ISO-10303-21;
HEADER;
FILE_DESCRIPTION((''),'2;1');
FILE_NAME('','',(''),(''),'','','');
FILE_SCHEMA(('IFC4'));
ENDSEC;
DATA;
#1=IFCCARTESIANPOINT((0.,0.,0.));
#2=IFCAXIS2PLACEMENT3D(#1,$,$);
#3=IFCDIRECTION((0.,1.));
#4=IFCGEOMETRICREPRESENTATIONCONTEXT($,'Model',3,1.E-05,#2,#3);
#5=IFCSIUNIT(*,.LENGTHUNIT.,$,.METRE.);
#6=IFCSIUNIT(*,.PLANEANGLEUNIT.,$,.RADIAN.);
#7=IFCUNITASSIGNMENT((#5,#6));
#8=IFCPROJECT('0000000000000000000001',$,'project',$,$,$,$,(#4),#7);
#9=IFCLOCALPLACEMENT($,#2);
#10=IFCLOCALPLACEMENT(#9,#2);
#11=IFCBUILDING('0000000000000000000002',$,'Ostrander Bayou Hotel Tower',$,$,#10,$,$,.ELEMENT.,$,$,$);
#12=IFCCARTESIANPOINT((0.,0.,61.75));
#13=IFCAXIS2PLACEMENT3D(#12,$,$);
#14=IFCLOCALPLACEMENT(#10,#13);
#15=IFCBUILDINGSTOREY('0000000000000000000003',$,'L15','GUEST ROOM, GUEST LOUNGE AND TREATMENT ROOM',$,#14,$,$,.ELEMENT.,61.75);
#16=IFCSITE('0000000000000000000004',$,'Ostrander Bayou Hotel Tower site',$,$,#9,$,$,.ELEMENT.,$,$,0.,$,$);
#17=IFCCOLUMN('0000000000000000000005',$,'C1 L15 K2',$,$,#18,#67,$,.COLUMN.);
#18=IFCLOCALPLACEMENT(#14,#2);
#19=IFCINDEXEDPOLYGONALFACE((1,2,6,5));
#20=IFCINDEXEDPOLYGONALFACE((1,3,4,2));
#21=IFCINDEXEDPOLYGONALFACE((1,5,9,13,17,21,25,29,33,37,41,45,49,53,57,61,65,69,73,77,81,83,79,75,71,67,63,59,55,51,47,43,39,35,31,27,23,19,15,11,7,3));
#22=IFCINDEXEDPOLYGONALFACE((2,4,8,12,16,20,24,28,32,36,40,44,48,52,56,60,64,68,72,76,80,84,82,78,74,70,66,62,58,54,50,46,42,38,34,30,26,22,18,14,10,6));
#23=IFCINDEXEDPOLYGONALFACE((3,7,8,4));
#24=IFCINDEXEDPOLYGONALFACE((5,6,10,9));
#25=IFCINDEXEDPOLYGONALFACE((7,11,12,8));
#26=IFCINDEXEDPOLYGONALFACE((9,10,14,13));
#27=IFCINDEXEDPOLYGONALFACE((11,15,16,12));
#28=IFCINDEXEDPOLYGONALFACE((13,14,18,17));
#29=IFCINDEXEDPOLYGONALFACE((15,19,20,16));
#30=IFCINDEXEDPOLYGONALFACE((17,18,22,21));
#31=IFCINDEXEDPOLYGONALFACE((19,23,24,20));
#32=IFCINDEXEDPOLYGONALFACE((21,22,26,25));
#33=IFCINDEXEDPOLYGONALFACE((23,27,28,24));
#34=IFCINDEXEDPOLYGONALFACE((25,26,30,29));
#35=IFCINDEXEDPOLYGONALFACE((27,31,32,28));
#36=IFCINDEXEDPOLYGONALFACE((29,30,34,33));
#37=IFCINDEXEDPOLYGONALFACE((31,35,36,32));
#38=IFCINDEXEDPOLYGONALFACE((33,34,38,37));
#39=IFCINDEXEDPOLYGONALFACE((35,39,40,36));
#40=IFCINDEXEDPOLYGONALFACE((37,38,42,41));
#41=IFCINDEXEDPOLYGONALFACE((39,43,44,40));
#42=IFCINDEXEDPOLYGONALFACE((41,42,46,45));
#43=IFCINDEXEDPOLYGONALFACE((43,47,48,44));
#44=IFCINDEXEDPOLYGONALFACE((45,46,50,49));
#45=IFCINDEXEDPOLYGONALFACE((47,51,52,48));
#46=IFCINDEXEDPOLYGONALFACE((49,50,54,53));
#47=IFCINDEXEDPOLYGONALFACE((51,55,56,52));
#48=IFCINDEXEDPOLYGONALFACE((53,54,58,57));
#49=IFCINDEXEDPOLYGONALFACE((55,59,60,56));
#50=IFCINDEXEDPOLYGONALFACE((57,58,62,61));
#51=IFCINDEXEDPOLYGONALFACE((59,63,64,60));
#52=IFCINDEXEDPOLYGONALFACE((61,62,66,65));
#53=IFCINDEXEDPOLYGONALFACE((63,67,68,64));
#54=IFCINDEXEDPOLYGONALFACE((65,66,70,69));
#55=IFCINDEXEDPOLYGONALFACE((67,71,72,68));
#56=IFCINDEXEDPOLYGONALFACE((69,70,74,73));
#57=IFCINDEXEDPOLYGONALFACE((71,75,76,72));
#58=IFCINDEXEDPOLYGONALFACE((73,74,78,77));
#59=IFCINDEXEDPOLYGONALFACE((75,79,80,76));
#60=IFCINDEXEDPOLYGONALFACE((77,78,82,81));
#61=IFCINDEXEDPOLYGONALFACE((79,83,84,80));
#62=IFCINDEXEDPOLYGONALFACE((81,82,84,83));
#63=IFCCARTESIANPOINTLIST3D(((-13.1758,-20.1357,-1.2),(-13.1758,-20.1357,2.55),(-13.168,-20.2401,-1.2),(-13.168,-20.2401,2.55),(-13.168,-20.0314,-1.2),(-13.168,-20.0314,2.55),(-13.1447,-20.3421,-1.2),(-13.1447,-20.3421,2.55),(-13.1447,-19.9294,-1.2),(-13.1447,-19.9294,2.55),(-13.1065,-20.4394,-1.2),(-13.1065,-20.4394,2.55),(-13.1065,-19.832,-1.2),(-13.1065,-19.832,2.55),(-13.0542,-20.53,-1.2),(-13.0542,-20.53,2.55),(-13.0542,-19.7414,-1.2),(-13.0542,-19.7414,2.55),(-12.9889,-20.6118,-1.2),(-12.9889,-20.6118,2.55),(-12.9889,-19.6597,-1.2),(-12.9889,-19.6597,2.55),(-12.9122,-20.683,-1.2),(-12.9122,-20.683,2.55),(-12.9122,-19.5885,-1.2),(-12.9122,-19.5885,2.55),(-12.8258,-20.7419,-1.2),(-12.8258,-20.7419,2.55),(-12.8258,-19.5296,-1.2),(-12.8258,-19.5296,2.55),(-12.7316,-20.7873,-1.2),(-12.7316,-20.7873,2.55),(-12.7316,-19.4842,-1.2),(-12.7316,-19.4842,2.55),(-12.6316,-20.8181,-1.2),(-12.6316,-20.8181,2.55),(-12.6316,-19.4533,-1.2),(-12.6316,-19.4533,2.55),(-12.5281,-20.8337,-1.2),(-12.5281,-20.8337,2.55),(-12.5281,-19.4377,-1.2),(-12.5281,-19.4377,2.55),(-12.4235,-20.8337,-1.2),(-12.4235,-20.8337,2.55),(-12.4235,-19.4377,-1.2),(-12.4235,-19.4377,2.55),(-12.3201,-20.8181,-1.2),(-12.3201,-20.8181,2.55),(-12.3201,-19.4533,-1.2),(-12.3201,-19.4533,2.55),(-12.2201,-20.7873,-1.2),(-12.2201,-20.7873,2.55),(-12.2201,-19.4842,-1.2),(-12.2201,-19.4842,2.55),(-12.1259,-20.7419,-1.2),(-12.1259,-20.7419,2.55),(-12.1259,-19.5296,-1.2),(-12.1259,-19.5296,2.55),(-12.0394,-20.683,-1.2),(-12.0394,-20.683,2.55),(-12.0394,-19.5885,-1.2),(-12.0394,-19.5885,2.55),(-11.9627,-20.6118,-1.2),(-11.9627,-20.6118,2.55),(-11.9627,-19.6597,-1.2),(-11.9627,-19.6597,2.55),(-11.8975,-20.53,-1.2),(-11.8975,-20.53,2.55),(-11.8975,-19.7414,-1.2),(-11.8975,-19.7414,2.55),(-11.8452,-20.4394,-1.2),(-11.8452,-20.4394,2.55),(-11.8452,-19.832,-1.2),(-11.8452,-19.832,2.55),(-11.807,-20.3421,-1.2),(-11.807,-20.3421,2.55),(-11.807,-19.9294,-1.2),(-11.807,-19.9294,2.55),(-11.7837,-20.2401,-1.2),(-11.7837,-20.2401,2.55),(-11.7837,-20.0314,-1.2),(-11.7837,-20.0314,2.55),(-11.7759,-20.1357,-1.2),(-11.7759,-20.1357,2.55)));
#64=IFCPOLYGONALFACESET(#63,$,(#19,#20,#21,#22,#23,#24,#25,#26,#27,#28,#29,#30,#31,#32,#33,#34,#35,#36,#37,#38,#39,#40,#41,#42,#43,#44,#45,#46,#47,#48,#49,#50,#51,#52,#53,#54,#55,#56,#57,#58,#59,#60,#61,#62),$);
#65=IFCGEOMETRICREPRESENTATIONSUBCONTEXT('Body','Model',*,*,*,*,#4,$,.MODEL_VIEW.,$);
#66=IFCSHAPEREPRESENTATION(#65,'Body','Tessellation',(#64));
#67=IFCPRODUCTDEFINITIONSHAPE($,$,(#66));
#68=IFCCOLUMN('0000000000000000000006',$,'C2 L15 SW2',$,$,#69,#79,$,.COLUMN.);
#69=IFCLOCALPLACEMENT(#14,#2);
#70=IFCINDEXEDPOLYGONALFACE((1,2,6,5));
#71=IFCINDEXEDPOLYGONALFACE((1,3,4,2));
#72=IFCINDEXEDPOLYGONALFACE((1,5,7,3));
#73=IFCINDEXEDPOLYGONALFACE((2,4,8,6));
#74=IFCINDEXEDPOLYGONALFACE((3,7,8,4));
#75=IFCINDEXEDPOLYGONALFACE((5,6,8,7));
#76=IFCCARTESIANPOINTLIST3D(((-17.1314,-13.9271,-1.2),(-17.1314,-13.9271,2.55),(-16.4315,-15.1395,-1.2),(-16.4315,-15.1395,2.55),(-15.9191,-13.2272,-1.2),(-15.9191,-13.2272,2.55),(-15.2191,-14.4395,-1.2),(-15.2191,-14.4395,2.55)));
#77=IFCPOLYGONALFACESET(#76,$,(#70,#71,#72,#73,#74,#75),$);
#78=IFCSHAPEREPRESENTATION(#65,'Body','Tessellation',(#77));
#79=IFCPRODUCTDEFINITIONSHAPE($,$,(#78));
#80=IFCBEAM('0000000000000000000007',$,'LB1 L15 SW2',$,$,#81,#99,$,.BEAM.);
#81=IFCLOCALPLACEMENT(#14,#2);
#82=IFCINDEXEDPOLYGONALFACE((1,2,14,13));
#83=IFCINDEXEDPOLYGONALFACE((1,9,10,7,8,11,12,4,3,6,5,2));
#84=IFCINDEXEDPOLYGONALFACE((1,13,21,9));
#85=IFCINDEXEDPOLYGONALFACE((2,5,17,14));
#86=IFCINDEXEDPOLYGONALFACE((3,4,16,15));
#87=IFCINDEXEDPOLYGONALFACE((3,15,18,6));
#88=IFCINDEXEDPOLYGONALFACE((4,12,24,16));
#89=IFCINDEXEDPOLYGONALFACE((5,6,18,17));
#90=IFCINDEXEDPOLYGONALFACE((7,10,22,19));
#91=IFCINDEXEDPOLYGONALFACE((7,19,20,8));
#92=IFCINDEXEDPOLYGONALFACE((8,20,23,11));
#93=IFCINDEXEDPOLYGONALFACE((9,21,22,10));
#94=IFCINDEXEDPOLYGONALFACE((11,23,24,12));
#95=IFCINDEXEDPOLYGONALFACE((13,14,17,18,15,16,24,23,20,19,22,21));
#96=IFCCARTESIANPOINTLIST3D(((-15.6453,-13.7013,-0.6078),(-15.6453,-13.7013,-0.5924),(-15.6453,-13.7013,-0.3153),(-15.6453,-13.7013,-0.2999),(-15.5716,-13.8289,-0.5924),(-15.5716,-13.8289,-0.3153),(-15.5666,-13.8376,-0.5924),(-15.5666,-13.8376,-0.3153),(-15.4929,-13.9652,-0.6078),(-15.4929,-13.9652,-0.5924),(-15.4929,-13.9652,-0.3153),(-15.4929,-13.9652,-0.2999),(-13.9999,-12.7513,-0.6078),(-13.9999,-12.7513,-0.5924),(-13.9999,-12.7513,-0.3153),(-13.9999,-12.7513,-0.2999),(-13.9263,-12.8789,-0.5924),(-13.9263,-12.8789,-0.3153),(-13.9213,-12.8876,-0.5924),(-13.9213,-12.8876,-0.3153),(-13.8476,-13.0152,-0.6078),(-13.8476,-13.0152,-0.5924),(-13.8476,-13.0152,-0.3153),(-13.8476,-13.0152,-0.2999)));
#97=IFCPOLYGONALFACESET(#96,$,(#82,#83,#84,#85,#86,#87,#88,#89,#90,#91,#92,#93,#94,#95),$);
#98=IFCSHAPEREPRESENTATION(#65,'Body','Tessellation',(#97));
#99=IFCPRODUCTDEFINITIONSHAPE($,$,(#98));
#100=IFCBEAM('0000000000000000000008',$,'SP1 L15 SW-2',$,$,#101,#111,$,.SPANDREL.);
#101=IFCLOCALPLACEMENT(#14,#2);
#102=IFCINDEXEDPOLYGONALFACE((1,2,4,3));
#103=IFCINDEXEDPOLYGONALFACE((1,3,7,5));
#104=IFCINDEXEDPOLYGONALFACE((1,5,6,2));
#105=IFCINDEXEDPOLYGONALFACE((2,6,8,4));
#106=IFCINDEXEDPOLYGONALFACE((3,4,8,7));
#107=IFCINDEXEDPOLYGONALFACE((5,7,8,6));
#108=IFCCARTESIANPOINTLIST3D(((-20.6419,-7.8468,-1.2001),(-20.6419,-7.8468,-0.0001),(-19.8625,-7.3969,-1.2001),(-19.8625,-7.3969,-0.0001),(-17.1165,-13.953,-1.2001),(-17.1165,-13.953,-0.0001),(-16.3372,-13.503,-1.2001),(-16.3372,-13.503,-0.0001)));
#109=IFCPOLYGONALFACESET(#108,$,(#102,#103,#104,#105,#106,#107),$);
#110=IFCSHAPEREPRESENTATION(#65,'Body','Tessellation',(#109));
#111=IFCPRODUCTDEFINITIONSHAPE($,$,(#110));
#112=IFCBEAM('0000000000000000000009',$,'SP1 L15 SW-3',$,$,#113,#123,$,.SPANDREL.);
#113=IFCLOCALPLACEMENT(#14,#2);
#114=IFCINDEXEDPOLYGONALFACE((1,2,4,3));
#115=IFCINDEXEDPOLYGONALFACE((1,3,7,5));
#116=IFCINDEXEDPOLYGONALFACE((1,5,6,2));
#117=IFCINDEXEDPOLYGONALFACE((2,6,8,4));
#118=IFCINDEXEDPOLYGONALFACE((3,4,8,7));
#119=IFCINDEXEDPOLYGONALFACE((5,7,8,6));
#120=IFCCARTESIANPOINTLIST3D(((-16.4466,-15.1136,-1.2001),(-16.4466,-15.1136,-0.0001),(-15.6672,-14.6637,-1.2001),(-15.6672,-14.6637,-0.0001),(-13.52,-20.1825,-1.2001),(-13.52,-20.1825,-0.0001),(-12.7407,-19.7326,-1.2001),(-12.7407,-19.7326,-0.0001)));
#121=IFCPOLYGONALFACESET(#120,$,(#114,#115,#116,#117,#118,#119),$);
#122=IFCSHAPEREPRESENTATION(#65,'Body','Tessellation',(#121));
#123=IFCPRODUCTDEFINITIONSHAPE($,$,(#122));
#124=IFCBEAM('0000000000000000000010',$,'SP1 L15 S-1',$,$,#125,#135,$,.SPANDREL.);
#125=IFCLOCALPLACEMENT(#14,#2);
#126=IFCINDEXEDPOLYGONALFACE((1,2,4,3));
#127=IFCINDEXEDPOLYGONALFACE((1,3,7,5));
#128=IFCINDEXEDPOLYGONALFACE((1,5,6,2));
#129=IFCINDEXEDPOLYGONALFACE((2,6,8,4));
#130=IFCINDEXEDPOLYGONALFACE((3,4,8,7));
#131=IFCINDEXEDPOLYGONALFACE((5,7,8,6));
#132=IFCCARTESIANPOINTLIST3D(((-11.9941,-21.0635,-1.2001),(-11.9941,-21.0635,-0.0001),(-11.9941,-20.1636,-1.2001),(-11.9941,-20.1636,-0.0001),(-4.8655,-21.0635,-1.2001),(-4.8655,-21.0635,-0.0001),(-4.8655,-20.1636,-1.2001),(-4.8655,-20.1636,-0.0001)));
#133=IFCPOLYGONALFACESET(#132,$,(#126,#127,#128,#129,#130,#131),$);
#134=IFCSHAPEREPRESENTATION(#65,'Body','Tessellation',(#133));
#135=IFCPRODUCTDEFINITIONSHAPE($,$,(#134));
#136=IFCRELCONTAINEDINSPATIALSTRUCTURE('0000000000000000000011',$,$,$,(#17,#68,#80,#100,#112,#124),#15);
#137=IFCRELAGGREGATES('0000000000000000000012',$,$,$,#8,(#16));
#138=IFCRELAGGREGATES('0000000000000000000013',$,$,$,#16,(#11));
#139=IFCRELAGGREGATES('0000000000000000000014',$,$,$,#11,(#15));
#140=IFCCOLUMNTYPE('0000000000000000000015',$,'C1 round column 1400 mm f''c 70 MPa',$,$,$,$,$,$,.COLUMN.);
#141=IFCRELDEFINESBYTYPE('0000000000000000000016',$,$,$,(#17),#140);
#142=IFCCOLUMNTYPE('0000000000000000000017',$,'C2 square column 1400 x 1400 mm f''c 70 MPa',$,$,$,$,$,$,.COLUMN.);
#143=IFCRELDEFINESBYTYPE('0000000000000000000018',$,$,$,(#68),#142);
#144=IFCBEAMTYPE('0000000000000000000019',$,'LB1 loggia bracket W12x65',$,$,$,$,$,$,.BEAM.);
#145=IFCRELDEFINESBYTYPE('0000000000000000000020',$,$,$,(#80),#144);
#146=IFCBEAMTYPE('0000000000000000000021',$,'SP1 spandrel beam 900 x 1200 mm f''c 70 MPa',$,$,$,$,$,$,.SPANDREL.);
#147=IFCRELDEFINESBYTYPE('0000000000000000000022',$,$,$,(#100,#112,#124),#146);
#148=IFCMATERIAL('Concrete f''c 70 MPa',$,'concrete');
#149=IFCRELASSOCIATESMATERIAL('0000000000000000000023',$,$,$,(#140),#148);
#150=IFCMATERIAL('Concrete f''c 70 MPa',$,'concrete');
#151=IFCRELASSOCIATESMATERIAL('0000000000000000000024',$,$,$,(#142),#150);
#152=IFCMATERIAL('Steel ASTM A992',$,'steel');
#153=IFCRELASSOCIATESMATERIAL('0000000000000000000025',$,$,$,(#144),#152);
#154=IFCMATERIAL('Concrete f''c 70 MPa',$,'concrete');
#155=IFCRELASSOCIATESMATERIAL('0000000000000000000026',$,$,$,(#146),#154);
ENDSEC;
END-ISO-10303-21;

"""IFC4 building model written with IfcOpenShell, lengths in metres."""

from ifc_helpers import new_model, si_unit, direction, frame, origin, origin_2d, place, context, subcontext, project, spatial, rectangle, circle, i_section, extrude, material, material_profile, profile_set, type_object, element, save


model = new_model("IFC4")

# Units and contexts
model_context = context("Model", 3, precision=1e-05, world=origin(), true_north=direction((0.0, 1.0)))
body_context = subcontext(model_context, "Body", "Model", "MODEL_VIEW")
ifc_project = project(units=[si_unit("LENGTHUNIT", "METRE"), si_unit("PLANEANGLEUNIT", "RADIAN")], contexts=[model_context])

# Site, building, storey
site_placement = place(None, origin())
site = spatial("IfcSite", under=ifc_project, at=site_placement, Name="Ostrander Bayou Hotel Tower site", CompositionType="ELEMENT", RefElevation=0.0)
building_placement = place(site_placement, origin())
building = spatial("IfcBuilding", under=site, at=building_placement, Name="Ostrander Bayou Hotel Tower", CompositionType="ELEMENT")
storey_placement = place(building_placement, frame((0.0, 0.0, 61.75)))
storey = spatial("IfcBuildingStorey", under=building, at=storey_placement, Name="L15", Description="GUEST ROOM, GUEST LOUNGE AND TREATMENT ROOM", CompositionType="ELEMENT", Elevation=61.75)

# Columns
ifc_material_1 = material(Name="Concrete f'c 70 MPa", Category="concrete")
ifc_material_profile_1 = material_profile(ifc_material_1, circle(Radius=0.7, at=origin_2d()))
ifc_profile_set_1 = profile_set([ifc_material_profile_1], Name="Concrete f'c 70 MPa")
column_type_1 = type_object("IfcColumnType", Name="C1 round column 1400 mm f'c 70 MPa", PredefinedType="COLUMN", material=ifc_profile_set_1)
column_1_placement = place(storey_placement, frame((-12.4758, -20.1357, -1.2), z_axis=(0.0, 0.0, 1.0), x_axis=(1.0, 0.0, 0.0)))
element("IfcColumn", 1, at=column_1_placement, inside=storey, type_object=column_type_1, Name="C1 L15 K2", PredefinedType="COLUMN", context=body_context, shape_type="SweptSolid", body=[
    extrude(circle(Radius=0.7, at=origin_2d()), origin(), (0.0, 0.0, 1.0), 3.75),
])
ifc_material_2 = material(Name="Concrete f'c 70 MPa", Category="concrete")
ifc_material_profile_2 = material_profile(ifc_material_2, rectangle(XDim=1.3999, YDim=1.3999, at=origin_2d()))
ifc_profile_set_2 = profile_set([ifc_material_profile_2], Name="Concrete f'c 70 MPa")
column_type_2 = type_object("IfcColumnType", Name="C2 square column 1400 x 1400 mm f'c 70 MPa", PredefinedType="COLUMN", material=ifc_profile_set_2)
column_2_placement = place(storey_placement, frame((-16.1753, -14.1833, -1.2), z_axis=(0.0, 0.0, 1.0), x_axis=(-0.5, 0.866025, 0.0)))
element("IfcColumn", 2, at=column_2_placement, inside=storey, type_object=column_type_2, Name="C2 L15 SW2", PredefinedType="COLUMN", context=body_context, shape_type="SweptSolid", body=[
    extrude(rectangle(XDim=1.3999, YDim=1.3999, at=origin_2d()), origin(), (0.0, 0.0, 1.0), 3.75),
])

# Beams
ifc_material_3 = material(Name="Steel ASTM A992", Category="steel")
ifc_material_profile_3 = material_profile(ifc_material_3, i_section(OverallWidth=0.3047, OverallDepth=0.3079, WebThickness=0.01, FlangeThickness=0.0154, at=origin_2d()))
ifc_profile_set_3 = profile_set([ifc_material_profile_3], Name="Steel ASTM A992")
beam_type_1 = type_object("IfcBeamType", Name="LB1 loggia bracket W12x65", PredefinedType="BEAM", material=ifc_profile_set_3)
beam_1_placement = place(storey_placement, frame((-15.5691, -13.8333, -0.4539), z_axis=(0.866012, 0.500023, 0.0), x_axis=(-0.500023, 0.866012, 0.0)))
element("IfcBeam", 3, at=beam_1_placement, inside=storey, type_object=beam_type_1, Name="LB1 L15 SW2", PredefinedType="BEAM", context=body_context, shape_type="SweptSolid", body=[
    extrude(i_section(OverallWidth=0.3047, OverallDepth=0.3079, WebThickness=0.01, FlangeThickness=0.0154, at=origin_2d()), origin(), (0.0, 0.0, 1.0), 1.8999),
])
ifc_material_4 = material(Name="Concrete f'c 70 MPa", Category="concrete")
ifc_material_profile_4 = material_profile(ifc_material_4, rectangle(XDim=0.8999, YDim=1.2, at=origin_2d()))
ifc_profile_set_4 = profile_set([ifc_material_profile_4], Name="Concrete f'c 70 MPa")
beam_type_2 = type_object("IfcBeamType", Name="SP1 spandrel beam 900 x 1200 mm f'c 70 MPa", PredefinedType="SPANDREL", material=ifc_profile_set_4)
beam_2_placement = place(storey_placement, frame((-20.2522, -7.6218, -0.6001), z_axis=(0.499997, -0.866027, 0.0), x_axis=(0.866027, 0.499997, 0.0)))
element("IfcBeam", 4, at=beam_2_placement, inside=storey, type_object=beam_type_2, Name="SP1 L15 SW-2", PredefinedType="SPANDREL", context=body_context, shape_type="SweptSolid", body=[
    extrude(rectangle(XDim=0.8999, YDim=1.2, at=origin_2d()), origin(), (0.0, 0.0, 1.0), 7.0508),
])
beam_3_placement = place(storey_placement, frame((-16.0569, -14.8887, -0.6001), z_axis=(0.500002, -0.866024, 0.0), x_axis=(0.866024, 0.500002, 0.0)))
element("IfcBeam", 5, at=beam_3_placement, inside=storey, type_object=beam_type_2, Name="SP1 L15 SW-3", PredefinedType="SPANDREL", context=body_context, shape_type="SweptSolid", body=[
    extrude(rectangle(XDim=0.8999, YDim=1.2, at=origin_2d()), origin(), (0.0, 0.0, 1.0), 5.853),
])
beam_4_placement = place(storey_placement, frame((-11.9941, -20.6135, -0.6001), z_axis=(1.0, 0.0, 0.0), x_axis=(0.0, 1.0, 0.0)))
element("IfcBeam", 6, at=beam_4_placement, inside=storey, type_object=beam_type_2, Name="SP1 L15 S-1", PredefinedType="SPANDREL", context=body_context, shape_type="SweptSolid", body=[
    extrude(rectangle(XDim=0.8999, YDim=1.2, at=origin_2d()), origin(), (0.0, 0.0, 1.0), 7.1287),
])

save(model, "model.ifc")
